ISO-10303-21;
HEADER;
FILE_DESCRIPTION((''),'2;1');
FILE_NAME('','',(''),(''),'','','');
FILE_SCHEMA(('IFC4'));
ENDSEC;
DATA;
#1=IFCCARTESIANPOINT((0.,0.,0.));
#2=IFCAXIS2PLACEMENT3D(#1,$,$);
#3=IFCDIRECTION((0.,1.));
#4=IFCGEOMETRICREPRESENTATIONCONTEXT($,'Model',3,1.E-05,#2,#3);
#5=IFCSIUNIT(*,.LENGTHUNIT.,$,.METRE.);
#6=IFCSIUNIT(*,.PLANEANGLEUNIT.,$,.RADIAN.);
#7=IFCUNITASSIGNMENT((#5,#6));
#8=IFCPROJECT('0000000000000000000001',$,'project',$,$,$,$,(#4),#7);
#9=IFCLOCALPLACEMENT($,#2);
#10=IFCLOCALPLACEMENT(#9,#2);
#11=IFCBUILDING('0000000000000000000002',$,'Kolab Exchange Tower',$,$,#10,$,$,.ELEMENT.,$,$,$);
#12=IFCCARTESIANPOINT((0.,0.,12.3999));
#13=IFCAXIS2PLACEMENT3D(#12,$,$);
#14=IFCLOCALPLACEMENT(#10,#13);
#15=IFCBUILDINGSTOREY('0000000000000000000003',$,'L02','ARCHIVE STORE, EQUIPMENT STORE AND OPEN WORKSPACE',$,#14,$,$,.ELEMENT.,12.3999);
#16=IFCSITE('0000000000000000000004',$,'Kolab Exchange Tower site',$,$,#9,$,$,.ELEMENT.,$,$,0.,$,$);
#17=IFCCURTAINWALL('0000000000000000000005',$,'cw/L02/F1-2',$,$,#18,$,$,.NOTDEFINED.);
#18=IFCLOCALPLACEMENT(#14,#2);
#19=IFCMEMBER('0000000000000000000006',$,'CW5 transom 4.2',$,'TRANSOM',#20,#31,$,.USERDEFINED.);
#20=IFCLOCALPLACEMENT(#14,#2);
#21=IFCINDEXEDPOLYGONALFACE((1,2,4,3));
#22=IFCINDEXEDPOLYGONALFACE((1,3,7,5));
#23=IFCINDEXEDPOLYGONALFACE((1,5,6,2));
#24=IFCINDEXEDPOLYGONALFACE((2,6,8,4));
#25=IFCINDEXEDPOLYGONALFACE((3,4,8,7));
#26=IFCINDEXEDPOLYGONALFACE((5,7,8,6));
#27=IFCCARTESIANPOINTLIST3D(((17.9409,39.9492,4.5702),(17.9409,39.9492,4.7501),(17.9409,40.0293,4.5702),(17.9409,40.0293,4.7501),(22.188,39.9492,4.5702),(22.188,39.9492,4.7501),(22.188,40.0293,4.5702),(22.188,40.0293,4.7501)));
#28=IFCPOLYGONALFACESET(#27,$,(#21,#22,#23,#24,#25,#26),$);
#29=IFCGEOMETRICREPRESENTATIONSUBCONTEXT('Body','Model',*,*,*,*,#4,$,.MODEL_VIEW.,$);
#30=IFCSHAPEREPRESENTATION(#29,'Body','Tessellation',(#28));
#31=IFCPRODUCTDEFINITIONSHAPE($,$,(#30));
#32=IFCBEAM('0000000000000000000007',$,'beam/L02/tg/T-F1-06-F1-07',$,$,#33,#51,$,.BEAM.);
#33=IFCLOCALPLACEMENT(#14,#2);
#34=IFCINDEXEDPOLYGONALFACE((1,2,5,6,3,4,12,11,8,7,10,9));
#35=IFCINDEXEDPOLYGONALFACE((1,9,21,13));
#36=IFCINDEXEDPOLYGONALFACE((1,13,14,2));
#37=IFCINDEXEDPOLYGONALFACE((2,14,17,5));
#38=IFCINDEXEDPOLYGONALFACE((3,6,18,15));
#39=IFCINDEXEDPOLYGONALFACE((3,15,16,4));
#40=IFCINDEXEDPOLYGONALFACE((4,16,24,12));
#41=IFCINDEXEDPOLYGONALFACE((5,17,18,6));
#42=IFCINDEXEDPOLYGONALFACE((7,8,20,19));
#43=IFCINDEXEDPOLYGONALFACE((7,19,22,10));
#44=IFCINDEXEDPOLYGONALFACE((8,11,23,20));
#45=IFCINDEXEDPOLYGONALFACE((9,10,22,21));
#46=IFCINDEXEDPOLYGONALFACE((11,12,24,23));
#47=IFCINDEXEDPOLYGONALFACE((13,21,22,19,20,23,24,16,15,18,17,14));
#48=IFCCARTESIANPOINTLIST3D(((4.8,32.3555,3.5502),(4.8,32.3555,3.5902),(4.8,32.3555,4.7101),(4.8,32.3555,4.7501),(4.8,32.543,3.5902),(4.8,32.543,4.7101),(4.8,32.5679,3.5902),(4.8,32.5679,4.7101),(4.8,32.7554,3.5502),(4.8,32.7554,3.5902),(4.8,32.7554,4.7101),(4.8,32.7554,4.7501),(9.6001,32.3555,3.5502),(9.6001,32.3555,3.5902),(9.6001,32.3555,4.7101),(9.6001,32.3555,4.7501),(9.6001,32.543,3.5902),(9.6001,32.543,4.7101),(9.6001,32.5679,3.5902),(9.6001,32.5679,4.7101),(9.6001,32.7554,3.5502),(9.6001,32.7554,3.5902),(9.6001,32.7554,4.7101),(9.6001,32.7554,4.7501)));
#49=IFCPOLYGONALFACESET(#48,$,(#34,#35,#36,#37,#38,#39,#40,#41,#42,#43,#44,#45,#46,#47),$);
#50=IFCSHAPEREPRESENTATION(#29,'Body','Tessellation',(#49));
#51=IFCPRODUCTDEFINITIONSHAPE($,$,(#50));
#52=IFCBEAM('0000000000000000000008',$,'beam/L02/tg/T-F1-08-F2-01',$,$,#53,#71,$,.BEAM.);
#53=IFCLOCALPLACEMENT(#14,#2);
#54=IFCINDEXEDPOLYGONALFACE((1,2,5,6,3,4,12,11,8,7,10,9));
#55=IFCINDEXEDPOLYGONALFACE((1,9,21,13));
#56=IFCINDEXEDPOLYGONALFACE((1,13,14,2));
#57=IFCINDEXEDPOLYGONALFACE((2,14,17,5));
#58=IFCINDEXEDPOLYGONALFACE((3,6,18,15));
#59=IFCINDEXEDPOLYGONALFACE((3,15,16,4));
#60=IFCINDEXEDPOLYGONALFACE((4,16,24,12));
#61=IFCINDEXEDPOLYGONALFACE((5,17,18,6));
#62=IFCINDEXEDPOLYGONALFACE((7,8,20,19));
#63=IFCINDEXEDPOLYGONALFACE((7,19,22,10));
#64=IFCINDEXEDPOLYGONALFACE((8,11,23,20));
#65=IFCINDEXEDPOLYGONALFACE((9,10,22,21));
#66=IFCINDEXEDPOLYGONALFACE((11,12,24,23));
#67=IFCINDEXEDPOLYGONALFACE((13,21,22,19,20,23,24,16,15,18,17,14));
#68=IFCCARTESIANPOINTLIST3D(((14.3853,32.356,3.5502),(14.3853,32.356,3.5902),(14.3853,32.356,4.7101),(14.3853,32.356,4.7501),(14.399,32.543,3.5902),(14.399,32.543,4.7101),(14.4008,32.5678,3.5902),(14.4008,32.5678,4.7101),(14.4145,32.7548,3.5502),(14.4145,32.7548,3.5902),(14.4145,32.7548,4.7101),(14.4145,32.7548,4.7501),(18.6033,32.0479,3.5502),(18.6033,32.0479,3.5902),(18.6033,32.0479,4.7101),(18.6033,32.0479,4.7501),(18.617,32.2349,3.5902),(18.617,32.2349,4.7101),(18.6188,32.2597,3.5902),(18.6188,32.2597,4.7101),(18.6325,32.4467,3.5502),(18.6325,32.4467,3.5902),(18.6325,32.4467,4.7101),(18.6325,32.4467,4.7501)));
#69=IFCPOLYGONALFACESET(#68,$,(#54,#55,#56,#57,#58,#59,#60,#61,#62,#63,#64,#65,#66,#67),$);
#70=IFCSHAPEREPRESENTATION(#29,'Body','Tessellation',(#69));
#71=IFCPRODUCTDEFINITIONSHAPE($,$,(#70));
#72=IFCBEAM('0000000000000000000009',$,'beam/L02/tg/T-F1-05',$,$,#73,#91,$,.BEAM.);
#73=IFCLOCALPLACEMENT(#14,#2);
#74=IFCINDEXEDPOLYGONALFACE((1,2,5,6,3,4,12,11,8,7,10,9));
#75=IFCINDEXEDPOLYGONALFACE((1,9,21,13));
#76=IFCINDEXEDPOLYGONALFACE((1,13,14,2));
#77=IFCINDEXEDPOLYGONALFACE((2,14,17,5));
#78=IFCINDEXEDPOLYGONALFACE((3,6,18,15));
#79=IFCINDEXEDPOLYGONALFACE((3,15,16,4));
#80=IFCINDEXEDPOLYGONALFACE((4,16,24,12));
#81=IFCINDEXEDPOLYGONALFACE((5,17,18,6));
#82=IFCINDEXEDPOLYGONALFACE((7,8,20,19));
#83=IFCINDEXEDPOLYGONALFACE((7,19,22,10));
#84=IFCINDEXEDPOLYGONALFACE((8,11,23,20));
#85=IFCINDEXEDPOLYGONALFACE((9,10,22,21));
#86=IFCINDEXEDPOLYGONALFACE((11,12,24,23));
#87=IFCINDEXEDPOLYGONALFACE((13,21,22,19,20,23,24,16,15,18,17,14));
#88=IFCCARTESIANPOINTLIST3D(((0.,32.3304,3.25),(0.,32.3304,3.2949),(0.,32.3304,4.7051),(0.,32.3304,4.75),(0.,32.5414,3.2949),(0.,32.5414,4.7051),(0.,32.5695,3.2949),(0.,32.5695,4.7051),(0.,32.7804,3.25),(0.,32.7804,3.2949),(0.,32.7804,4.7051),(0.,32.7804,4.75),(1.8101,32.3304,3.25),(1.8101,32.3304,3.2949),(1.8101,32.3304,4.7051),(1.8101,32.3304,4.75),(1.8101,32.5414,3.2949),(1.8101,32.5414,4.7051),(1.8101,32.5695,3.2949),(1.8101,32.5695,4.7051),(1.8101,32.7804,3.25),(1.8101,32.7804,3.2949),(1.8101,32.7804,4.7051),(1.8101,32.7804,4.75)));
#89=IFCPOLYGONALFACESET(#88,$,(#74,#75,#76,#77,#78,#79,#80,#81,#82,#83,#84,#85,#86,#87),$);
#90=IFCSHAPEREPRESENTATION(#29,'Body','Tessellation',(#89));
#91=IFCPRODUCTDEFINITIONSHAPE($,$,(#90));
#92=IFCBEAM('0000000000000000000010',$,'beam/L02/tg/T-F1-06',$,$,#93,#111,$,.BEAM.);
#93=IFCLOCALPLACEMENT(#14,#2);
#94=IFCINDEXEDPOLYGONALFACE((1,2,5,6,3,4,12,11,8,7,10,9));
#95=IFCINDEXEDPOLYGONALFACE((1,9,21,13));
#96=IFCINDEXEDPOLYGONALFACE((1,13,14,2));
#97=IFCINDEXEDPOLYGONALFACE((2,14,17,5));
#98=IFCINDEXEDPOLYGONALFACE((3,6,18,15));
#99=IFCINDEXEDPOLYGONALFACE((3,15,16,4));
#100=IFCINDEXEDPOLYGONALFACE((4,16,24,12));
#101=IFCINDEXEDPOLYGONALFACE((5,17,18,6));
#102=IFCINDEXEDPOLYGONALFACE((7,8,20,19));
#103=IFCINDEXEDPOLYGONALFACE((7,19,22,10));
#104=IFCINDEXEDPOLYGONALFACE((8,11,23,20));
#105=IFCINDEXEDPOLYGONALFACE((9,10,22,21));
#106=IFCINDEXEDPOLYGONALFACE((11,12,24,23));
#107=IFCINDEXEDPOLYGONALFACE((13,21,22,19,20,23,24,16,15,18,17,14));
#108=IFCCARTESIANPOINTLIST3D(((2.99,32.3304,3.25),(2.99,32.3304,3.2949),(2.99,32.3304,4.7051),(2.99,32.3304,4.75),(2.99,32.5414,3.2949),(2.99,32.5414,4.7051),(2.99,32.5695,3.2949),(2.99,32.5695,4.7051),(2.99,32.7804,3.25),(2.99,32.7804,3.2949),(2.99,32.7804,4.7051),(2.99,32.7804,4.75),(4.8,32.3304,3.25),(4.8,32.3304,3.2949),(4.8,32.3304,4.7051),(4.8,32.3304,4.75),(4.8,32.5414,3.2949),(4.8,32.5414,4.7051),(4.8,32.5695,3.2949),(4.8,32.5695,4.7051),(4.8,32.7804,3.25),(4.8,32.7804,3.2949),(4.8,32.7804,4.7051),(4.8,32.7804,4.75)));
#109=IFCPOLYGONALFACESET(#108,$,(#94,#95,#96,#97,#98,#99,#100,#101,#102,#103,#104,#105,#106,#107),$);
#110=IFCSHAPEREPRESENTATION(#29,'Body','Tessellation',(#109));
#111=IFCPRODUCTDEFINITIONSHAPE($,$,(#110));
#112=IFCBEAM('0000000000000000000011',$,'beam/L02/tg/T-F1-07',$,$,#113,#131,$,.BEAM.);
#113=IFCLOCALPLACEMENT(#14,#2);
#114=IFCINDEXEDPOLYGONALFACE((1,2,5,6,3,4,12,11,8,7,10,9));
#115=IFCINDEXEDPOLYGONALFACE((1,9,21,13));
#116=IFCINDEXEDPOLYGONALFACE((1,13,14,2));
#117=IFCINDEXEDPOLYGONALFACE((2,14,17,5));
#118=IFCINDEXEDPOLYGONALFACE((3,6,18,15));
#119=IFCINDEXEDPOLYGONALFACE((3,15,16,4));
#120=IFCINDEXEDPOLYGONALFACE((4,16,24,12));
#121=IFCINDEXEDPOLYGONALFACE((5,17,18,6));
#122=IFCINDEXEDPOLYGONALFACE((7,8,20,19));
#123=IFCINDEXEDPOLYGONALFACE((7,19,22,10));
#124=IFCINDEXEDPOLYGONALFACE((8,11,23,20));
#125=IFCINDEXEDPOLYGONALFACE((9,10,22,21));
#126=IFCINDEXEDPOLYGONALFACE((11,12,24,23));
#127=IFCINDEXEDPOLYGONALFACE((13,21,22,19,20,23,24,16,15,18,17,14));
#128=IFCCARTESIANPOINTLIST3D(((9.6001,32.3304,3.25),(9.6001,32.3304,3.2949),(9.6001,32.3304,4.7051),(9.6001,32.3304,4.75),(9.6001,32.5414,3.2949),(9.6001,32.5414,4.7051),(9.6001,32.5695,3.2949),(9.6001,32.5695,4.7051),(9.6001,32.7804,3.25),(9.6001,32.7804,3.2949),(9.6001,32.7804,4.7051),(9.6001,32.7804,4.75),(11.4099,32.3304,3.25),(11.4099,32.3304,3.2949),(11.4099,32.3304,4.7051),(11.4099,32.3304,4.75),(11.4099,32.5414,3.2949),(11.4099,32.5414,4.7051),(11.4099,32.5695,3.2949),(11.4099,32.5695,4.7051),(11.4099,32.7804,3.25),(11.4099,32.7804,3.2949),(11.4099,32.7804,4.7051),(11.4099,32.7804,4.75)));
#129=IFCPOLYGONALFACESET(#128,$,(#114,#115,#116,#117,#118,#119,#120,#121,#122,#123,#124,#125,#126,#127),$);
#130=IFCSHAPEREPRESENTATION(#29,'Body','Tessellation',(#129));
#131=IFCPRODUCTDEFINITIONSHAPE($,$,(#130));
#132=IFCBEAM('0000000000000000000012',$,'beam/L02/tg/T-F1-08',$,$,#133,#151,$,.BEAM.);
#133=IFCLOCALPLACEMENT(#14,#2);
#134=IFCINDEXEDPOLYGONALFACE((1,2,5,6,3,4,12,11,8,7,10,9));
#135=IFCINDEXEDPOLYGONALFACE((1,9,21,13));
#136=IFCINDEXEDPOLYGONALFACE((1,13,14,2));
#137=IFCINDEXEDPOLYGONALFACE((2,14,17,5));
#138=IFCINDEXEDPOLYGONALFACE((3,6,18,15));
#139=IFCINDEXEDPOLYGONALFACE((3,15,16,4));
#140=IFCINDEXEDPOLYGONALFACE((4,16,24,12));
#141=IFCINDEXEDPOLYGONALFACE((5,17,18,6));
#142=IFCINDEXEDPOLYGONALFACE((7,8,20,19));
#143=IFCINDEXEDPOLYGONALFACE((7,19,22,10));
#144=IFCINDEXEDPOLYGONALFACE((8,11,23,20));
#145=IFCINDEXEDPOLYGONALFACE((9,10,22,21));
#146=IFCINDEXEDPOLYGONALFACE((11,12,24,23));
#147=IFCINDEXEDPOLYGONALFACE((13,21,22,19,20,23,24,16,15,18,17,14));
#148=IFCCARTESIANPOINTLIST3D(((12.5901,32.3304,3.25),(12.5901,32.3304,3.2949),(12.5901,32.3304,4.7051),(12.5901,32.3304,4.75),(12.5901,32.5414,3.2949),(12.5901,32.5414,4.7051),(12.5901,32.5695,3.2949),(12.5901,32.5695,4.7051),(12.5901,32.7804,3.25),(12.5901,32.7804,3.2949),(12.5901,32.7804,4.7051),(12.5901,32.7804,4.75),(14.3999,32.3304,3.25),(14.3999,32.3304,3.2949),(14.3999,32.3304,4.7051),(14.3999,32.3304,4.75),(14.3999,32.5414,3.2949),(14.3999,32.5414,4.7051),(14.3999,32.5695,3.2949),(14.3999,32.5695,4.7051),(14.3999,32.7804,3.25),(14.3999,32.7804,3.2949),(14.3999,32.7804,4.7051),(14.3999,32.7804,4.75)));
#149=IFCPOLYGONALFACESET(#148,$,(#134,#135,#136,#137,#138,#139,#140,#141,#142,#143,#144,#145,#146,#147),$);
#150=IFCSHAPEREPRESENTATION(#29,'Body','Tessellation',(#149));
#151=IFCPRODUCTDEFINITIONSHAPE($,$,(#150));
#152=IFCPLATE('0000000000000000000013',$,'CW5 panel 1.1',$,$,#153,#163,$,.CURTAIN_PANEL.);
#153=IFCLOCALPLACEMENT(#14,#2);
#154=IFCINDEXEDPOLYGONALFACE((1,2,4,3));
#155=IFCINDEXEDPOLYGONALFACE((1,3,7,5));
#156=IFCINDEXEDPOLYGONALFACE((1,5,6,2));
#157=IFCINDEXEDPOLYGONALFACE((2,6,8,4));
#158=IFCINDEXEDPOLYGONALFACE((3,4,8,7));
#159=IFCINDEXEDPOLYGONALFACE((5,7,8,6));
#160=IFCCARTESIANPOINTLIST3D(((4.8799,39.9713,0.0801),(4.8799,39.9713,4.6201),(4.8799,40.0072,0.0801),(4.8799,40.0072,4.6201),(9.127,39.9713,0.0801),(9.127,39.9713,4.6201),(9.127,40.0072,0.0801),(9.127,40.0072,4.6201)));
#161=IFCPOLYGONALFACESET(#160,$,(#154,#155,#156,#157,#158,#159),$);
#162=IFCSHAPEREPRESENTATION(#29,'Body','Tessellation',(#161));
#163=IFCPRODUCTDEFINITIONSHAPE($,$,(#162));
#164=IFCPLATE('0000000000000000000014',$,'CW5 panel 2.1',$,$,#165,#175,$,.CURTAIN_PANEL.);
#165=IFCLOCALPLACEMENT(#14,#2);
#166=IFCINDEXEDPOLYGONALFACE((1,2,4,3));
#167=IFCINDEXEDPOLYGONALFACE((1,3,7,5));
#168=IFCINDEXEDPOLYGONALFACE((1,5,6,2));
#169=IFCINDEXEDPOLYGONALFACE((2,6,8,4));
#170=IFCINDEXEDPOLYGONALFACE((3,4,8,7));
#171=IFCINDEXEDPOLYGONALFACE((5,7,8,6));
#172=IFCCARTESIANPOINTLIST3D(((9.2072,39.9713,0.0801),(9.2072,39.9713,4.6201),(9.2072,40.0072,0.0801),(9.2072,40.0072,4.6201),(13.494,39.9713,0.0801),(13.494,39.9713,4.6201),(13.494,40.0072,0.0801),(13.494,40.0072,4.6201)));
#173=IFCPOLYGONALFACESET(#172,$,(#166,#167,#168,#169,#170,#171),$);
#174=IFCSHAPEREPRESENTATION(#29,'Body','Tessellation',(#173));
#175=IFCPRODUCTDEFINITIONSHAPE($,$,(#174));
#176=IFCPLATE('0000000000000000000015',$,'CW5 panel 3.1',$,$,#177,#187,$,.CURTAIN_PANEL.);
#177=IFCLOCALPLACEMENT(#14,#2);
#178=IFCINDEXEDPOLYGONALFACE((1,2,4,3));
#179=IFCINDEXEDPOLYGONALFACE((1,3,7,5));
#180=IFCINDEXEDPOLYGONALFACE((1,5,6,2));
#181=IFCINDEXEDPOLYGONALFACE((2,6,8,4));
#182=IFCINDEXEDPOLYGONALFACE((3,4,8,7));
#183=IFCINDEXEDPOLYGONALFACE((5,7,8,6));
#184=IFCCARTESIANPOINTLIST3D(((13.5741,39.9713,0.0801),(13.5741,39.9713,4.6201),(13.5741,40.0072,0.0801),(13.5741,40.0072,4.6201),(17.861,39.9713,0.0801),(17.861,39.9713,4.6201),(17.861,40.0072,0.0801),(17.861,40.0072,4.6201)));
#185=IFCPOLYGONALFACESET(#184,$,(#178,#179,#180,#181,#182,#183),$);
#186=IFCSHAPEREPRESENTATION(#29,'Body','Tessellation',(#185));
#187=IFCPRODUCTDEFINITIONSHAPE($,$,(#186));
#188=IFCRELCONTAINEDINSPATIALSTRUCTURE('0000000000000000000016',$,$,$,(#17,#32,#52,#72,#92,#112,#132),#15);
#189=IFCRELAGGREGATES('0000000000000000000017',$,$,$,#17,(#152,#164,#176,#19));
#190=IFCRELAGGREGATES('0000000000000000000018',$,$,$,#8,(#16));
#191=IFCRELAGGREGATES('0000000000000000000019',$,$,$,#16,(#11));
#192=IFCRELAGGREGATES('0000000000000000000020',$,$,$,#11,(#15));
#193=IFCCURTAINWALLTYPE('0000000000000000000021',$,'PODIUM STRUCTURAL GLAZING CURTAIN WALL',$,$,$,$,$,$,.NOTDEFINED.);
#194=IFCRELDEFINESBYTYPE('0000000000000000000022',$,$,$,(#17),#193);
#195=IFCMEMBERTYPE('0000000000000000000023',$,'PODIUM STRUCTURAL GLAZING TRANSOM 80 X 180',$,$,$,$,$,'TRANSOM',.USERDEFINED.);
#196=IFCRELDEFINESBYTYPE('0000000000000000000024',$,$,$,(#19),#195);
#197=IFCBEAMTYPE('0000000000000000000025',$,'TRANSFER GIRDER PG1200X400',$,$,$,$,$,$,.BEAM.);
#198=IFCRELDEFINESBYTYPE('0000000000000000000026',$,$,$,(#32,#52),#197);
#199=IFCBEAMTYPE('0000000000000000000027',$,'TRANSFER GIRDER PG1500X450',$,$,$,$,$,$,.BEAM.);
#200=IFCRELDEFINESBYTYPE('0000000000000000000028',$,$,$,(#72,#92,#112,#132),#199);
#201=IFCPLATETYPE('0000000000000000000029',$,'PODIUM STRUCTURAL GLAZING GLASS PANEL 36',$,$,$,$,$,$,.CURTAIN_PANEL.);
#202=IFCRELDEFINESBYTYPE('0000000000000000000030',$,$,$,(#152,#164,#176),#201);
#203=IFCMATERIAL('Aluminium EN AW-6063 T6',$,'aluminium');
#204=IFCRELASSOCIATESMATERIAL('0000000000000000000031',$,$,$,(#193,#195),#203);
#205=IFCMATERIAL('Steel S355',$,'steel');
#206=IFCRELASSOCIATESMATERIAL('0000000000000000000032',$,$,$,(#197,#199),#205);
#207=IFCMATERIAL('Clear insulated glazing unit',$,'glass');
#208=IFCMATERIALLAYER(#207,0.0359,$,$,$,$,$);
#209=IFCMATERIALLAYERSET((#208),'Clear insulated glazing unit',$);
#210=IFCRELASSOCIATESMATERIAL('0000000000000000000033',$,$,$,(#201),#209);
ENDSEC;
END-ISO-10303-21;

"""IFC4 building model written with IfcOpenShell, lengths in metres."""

from ifc_helpers import new_model, si_unit, direction, frame, origin, origin_2d, place, context, subcontext, project, spatial, rectangle, i_section, extrude, material, layer, layer_set, material_profile, profile_set, type_object, element, aggregate, save


model = new_model("IFC4")

# Units and contexts
model_context = context("Model", 3, precision=1e-05, world=origin(), true_north=direction((0.0, 1.0)))
body_context = subcontext(model_context, "Body", "Model", "MODEL_VIEW")
ifc_project = project(units=[si_unit("LENGTHUNIT", "METRE"), si_unit("PLANEANGLEUNIT", "RADIAN")], contexts=[model_context])

# Site, building, storey
site_placement = place(None, origin())
site = spatial("IfcSite", under=ifc_project, at=site_placement, Name="Kolab Exchange Tower site", CompositionType="ELEMENT", RefElevation=0.0)
building_placement = place(site_placement, origin())
building = spatial("IfcBuilding", under=site, at=building_placement, Name="Kolab Exchange Tower", CompositionType="ELEMENT")
storey_placement = place(building_placement, frame((0.0, 0.0, 12.3999)))
storey = spatial("IfcBuildingStorey", under=building, at=storey_placement, Name="L02", Description="ARCHIVE STORE, EQUIPMENT STORE AND OPEN WORKSPACE", CompositionType="ELEMENT", Elevation=12.3999)

# Curtain wall, member
ifc_material_1 = material(Name="Aluminium EN AW-6063 T6", Category="aluminium")
curtain_wall_type = type_object("IfcCurtainWallType", Name="PODIUM STRUCTURAL GLAZING CURTAIN WALL", PredefinedType="NOTDEFINED", material=ifc_material_1)
curtain_wall_placement = place(storey_placement, origin())
curtain_wall = element("IfcCurtainWall", 1, at=curtain_wall_placement, inside=storey, type_object=curtain_wall_type, Name="cw/L02/F1-2", PredefinedType="NOTDEFINED")
ifc_material_profile_1 = material_profile(ifc_material_1, rectangle(XDim=0.0801, YDim=0.1799, at=origin_2d()), Name="RECT 80X180")
ifc_profile_set_1 = profile_set([ifc_material_profile_1], Name="Aluminium EN AW-6063 T6")
member_type_1 = type_object("IfcMemberType", Name="PODIUM STRUCTURAL GLAZING TRANSOM 80 X 180", ElementType="TRANSOM", PredefinedType="USERDEFINED", material=ifc_profile_set_1)
member_1_placement = place(storey_placement, frame((17.9409, 39.9893, 4.6602), z_axis=(1.0, 0.0, 0.0), x_axis=(0.0, 1.0, 0.0)))
member_1 = element("IfcMember", 2, at=member_1_placement, type_object=member_type_1, Name="CW5 transom 4.2", ObjectType="TRANSOM", PredefinedType="USERDEFINED", context=body_context, shape_type="SweptSolid", body=[
    extrude(rectangle(XDim=0.0801, YDim=0.1799, at=origin_2d()), origin(), (0.0, 0.0, 1.0), 4.2471),
])

# Beams
ifc_material_2 = material(Name="Steel S355", Category="steel")
ifc_material_profile_2 = material_profile(ifc_material_2, i_section(OverallWidth=0.3999, OverallDepth=1.2, WebThickness=0.0249, FlangeThickness=0.04, at=origin_2d()), Name="PG1200X400")
ifc_profile_set_2 = profile_set([ifc_material_profile_2], Name="Steel S355")
beam_type_1 = type_object("IfcBeamType", Name="TRANSFER GIRDER PG1200X400", PredefinedType="BEAM", material=ifc_profile_set_2)
beam_1_placement = place(storey_placement, frame((4.8, 32.5554, 4.1501), z_axis=(1.0, 0.0, 0.0), x_axis=(0.0, 1.0, 0.0)))
element("IfcBeam", 3, at=beam_1_placement, inside=storey, type_object=beam_type_1, Name="beam/L02/tg/T-F1-06-F1-07", PredefinedType="BEAM", context=body_context, shape_type="SweptSolid", body=[
    extrude(i_section(OverallWidth=0.3999, OverallDepth=1.2, WebThickness=0.0249, FlangeThickness=0.04, at=origin_2d()), origin(), (0.0, 0.0, 1.0), 4.8),
])
beam_2_placement = place(storey_placement, frame((14.3999, 32.5554, 4.1501), z_axis=(0.997343, -0.072851, 0.0), x_axis=(0.072851, 0.997343, 0.0)))
element("IfcBeam", 4, at=beam_2_placement, inside=storey, type_object=beam_type_1, Name="beam/L02/tg/T-F1-08-F2-01", PredefinedType="BEAM", context=body_context, shape_type="SweptSolid", body=[
    extrude(i_section(OverallWidth=0.3999, OverallDepth=1.2, WebThickness=0.0249, FlangeThickness=0.04, at=origin_2d()), origin(), (0.0, 0.0, 1.0), 4.2292),
])
ifc_material_profile_3 = material_profile(ifc_material_2, i_section(OverallWidth=0.45, OverallDepth=1.5, WebThickness=0.0281, FlangeThickness=0.0449, at=origin_2d()), Name="PG1500X450")
ifc_profile_set_3 = profile_set([ifc_material_profile_3], Name="Steel S355")
beam_type_2 = type_object("IfcBeamType", Name="TRANSFER GIRDER PG1500X450", PredefinedType="BEAM", material=ifc_profile_set_3)
for number, where, z_axis, x_axis, name in (
    (5, (1.8101, 32.5554, 4.0), (-1.0, 0.0, 0.0), (0.0, -1.0, 0.0), "beam/L02/tg/T-F1-05"),
    (6, (2.99, 32.5554, 4.0), (1.0, 0.0, 0.0), (0.0, 1.0, 0.0), "beam/L02/tg/T-F1-06"),
):
    element("IfcBeam", number, at=place(storey_placement, frame(where, z_axis=z_axis, x_axis=x_axis)), inside=storey, type_object=beam_type_2, Name=name, PredefinedType="BEAM", context=body_context, shape_type="SweptSolid", body=[
        extrude(i_section(OverallWidth=0.45, OverallDepth=1.5, WebThickness=0.0281, FlangeThickness=0.0449, at=origin_2d()), origin(), (0.0, 0.0, 1.0), 1.8101),
    ])
for number, where, z_axis, x_axis, name in (
    (7, (11.4099, 32.5554, 4.0), (-1.0, 0.0, 0.0), (0.0, -1.0, 0.0), "beam/L02/tg/T-F1-07"),
    (8, (12.5901, 32.5554, 4.0), (1.0, 0.0, 0.0), (0.0, 1.0, 0.0), "beam/L02/tg/T-F1-08"),
):
    element("IfcBeam", number, at=place(storey_placement, frame(where, z_axis=z_axis, x_axis=x_axis)), inside=storey, type_object=beam_type_2, Name=name, PredefinedType="BEAM", context=body_context, shape_type="SweptSolid", body=[
        extrude(i_section(OverallWidth=0.45, OverallDepth=1.5, WebThickness=0.0281, FlangeThickness=0.0449, at=origin_2d()), origin(), (0.0, 0.0, 1.0), 1.8098),
    ])

# Plates
ifc_material_3 = material(Name="Clear insulated glazing unit", Category="glass")
ifc_layer_1 = layer(ifc_material_3, 0.0359)
ifc_layer_set_1 = layer_set([ifc_layer_1], Name="Clear insulated glazing unit")
plate_type = type_object("IfcPlateType", Name="PODIUM STRUCTURAL GLAZING GLASS PANEL 36", PredefinedType="CURTAIN_PANEL", material=ifc_layer_set_1)
plate_1_placement = place(storey_placement, frame((7.0034, 39.9893, 0.0801), z_axis=(0.0, 0.0, 1.0), x_axis=(1.0, 0.0, 0.0)))
plate_1 = element("IfcPlate", 9, at=plate_1_placement, type_object=plate_type, Name="CW5 panel 1.1", PredefinedType="CURTAIN_PANEL", context=body_context, shape_type="SweptSolid", body=[
    extrude(rectangle(XDim=4.2471, YDim=0.0359, at=origin_2d()), origin(), (0.0, 0.0, 1.0), 4.54),
])
plate_2_placement = place(storey_placement, frame((11.3506, 39.9893, 0.0801), z_axis=(0.0, 0.0, 1.0), x_axis=(1.0, 0.0, 0.0)))
plate_2 = element("IfcPlate", 10, at=plate_2_placement, type_object=plate_type, Name="CW5 panel 2.1", PredefinedType="CURTAIN_PANEL", context=body_context, shape_type="SweptSolid", body=[
    extrude(rectangle(XDim=4.2869, YDim=0.0359, at=origin_2d()), origin(), (0.0, 0.0, 1.0), 4.54),
])
plate_3_placement = place(storey_placement, frame((15.7175, 39.9893, 0.0801), z_axis=(0.0, 0.0, 1.0), x_axis=(1.0, 0.0, 0.0)))
plate_3 = element("IfcPlate", 11, at=plate_3_placement, type_object=plate_type, Name="CW5 panel 3.1", PredefinedType="CURTAIN_PANEL", context=body_context, shape_type="SweptSolid", body=[
    extrude(rectangle(XDim=4.2869, YDim=0.0359, at=origin_2d()), origin(), (0.0, 0.0, 1.0), 4.54),
])
aggregate(curtain_wall, [plate_1, plate_2, plate_3, member_1])

save(model, "model.ifc")
